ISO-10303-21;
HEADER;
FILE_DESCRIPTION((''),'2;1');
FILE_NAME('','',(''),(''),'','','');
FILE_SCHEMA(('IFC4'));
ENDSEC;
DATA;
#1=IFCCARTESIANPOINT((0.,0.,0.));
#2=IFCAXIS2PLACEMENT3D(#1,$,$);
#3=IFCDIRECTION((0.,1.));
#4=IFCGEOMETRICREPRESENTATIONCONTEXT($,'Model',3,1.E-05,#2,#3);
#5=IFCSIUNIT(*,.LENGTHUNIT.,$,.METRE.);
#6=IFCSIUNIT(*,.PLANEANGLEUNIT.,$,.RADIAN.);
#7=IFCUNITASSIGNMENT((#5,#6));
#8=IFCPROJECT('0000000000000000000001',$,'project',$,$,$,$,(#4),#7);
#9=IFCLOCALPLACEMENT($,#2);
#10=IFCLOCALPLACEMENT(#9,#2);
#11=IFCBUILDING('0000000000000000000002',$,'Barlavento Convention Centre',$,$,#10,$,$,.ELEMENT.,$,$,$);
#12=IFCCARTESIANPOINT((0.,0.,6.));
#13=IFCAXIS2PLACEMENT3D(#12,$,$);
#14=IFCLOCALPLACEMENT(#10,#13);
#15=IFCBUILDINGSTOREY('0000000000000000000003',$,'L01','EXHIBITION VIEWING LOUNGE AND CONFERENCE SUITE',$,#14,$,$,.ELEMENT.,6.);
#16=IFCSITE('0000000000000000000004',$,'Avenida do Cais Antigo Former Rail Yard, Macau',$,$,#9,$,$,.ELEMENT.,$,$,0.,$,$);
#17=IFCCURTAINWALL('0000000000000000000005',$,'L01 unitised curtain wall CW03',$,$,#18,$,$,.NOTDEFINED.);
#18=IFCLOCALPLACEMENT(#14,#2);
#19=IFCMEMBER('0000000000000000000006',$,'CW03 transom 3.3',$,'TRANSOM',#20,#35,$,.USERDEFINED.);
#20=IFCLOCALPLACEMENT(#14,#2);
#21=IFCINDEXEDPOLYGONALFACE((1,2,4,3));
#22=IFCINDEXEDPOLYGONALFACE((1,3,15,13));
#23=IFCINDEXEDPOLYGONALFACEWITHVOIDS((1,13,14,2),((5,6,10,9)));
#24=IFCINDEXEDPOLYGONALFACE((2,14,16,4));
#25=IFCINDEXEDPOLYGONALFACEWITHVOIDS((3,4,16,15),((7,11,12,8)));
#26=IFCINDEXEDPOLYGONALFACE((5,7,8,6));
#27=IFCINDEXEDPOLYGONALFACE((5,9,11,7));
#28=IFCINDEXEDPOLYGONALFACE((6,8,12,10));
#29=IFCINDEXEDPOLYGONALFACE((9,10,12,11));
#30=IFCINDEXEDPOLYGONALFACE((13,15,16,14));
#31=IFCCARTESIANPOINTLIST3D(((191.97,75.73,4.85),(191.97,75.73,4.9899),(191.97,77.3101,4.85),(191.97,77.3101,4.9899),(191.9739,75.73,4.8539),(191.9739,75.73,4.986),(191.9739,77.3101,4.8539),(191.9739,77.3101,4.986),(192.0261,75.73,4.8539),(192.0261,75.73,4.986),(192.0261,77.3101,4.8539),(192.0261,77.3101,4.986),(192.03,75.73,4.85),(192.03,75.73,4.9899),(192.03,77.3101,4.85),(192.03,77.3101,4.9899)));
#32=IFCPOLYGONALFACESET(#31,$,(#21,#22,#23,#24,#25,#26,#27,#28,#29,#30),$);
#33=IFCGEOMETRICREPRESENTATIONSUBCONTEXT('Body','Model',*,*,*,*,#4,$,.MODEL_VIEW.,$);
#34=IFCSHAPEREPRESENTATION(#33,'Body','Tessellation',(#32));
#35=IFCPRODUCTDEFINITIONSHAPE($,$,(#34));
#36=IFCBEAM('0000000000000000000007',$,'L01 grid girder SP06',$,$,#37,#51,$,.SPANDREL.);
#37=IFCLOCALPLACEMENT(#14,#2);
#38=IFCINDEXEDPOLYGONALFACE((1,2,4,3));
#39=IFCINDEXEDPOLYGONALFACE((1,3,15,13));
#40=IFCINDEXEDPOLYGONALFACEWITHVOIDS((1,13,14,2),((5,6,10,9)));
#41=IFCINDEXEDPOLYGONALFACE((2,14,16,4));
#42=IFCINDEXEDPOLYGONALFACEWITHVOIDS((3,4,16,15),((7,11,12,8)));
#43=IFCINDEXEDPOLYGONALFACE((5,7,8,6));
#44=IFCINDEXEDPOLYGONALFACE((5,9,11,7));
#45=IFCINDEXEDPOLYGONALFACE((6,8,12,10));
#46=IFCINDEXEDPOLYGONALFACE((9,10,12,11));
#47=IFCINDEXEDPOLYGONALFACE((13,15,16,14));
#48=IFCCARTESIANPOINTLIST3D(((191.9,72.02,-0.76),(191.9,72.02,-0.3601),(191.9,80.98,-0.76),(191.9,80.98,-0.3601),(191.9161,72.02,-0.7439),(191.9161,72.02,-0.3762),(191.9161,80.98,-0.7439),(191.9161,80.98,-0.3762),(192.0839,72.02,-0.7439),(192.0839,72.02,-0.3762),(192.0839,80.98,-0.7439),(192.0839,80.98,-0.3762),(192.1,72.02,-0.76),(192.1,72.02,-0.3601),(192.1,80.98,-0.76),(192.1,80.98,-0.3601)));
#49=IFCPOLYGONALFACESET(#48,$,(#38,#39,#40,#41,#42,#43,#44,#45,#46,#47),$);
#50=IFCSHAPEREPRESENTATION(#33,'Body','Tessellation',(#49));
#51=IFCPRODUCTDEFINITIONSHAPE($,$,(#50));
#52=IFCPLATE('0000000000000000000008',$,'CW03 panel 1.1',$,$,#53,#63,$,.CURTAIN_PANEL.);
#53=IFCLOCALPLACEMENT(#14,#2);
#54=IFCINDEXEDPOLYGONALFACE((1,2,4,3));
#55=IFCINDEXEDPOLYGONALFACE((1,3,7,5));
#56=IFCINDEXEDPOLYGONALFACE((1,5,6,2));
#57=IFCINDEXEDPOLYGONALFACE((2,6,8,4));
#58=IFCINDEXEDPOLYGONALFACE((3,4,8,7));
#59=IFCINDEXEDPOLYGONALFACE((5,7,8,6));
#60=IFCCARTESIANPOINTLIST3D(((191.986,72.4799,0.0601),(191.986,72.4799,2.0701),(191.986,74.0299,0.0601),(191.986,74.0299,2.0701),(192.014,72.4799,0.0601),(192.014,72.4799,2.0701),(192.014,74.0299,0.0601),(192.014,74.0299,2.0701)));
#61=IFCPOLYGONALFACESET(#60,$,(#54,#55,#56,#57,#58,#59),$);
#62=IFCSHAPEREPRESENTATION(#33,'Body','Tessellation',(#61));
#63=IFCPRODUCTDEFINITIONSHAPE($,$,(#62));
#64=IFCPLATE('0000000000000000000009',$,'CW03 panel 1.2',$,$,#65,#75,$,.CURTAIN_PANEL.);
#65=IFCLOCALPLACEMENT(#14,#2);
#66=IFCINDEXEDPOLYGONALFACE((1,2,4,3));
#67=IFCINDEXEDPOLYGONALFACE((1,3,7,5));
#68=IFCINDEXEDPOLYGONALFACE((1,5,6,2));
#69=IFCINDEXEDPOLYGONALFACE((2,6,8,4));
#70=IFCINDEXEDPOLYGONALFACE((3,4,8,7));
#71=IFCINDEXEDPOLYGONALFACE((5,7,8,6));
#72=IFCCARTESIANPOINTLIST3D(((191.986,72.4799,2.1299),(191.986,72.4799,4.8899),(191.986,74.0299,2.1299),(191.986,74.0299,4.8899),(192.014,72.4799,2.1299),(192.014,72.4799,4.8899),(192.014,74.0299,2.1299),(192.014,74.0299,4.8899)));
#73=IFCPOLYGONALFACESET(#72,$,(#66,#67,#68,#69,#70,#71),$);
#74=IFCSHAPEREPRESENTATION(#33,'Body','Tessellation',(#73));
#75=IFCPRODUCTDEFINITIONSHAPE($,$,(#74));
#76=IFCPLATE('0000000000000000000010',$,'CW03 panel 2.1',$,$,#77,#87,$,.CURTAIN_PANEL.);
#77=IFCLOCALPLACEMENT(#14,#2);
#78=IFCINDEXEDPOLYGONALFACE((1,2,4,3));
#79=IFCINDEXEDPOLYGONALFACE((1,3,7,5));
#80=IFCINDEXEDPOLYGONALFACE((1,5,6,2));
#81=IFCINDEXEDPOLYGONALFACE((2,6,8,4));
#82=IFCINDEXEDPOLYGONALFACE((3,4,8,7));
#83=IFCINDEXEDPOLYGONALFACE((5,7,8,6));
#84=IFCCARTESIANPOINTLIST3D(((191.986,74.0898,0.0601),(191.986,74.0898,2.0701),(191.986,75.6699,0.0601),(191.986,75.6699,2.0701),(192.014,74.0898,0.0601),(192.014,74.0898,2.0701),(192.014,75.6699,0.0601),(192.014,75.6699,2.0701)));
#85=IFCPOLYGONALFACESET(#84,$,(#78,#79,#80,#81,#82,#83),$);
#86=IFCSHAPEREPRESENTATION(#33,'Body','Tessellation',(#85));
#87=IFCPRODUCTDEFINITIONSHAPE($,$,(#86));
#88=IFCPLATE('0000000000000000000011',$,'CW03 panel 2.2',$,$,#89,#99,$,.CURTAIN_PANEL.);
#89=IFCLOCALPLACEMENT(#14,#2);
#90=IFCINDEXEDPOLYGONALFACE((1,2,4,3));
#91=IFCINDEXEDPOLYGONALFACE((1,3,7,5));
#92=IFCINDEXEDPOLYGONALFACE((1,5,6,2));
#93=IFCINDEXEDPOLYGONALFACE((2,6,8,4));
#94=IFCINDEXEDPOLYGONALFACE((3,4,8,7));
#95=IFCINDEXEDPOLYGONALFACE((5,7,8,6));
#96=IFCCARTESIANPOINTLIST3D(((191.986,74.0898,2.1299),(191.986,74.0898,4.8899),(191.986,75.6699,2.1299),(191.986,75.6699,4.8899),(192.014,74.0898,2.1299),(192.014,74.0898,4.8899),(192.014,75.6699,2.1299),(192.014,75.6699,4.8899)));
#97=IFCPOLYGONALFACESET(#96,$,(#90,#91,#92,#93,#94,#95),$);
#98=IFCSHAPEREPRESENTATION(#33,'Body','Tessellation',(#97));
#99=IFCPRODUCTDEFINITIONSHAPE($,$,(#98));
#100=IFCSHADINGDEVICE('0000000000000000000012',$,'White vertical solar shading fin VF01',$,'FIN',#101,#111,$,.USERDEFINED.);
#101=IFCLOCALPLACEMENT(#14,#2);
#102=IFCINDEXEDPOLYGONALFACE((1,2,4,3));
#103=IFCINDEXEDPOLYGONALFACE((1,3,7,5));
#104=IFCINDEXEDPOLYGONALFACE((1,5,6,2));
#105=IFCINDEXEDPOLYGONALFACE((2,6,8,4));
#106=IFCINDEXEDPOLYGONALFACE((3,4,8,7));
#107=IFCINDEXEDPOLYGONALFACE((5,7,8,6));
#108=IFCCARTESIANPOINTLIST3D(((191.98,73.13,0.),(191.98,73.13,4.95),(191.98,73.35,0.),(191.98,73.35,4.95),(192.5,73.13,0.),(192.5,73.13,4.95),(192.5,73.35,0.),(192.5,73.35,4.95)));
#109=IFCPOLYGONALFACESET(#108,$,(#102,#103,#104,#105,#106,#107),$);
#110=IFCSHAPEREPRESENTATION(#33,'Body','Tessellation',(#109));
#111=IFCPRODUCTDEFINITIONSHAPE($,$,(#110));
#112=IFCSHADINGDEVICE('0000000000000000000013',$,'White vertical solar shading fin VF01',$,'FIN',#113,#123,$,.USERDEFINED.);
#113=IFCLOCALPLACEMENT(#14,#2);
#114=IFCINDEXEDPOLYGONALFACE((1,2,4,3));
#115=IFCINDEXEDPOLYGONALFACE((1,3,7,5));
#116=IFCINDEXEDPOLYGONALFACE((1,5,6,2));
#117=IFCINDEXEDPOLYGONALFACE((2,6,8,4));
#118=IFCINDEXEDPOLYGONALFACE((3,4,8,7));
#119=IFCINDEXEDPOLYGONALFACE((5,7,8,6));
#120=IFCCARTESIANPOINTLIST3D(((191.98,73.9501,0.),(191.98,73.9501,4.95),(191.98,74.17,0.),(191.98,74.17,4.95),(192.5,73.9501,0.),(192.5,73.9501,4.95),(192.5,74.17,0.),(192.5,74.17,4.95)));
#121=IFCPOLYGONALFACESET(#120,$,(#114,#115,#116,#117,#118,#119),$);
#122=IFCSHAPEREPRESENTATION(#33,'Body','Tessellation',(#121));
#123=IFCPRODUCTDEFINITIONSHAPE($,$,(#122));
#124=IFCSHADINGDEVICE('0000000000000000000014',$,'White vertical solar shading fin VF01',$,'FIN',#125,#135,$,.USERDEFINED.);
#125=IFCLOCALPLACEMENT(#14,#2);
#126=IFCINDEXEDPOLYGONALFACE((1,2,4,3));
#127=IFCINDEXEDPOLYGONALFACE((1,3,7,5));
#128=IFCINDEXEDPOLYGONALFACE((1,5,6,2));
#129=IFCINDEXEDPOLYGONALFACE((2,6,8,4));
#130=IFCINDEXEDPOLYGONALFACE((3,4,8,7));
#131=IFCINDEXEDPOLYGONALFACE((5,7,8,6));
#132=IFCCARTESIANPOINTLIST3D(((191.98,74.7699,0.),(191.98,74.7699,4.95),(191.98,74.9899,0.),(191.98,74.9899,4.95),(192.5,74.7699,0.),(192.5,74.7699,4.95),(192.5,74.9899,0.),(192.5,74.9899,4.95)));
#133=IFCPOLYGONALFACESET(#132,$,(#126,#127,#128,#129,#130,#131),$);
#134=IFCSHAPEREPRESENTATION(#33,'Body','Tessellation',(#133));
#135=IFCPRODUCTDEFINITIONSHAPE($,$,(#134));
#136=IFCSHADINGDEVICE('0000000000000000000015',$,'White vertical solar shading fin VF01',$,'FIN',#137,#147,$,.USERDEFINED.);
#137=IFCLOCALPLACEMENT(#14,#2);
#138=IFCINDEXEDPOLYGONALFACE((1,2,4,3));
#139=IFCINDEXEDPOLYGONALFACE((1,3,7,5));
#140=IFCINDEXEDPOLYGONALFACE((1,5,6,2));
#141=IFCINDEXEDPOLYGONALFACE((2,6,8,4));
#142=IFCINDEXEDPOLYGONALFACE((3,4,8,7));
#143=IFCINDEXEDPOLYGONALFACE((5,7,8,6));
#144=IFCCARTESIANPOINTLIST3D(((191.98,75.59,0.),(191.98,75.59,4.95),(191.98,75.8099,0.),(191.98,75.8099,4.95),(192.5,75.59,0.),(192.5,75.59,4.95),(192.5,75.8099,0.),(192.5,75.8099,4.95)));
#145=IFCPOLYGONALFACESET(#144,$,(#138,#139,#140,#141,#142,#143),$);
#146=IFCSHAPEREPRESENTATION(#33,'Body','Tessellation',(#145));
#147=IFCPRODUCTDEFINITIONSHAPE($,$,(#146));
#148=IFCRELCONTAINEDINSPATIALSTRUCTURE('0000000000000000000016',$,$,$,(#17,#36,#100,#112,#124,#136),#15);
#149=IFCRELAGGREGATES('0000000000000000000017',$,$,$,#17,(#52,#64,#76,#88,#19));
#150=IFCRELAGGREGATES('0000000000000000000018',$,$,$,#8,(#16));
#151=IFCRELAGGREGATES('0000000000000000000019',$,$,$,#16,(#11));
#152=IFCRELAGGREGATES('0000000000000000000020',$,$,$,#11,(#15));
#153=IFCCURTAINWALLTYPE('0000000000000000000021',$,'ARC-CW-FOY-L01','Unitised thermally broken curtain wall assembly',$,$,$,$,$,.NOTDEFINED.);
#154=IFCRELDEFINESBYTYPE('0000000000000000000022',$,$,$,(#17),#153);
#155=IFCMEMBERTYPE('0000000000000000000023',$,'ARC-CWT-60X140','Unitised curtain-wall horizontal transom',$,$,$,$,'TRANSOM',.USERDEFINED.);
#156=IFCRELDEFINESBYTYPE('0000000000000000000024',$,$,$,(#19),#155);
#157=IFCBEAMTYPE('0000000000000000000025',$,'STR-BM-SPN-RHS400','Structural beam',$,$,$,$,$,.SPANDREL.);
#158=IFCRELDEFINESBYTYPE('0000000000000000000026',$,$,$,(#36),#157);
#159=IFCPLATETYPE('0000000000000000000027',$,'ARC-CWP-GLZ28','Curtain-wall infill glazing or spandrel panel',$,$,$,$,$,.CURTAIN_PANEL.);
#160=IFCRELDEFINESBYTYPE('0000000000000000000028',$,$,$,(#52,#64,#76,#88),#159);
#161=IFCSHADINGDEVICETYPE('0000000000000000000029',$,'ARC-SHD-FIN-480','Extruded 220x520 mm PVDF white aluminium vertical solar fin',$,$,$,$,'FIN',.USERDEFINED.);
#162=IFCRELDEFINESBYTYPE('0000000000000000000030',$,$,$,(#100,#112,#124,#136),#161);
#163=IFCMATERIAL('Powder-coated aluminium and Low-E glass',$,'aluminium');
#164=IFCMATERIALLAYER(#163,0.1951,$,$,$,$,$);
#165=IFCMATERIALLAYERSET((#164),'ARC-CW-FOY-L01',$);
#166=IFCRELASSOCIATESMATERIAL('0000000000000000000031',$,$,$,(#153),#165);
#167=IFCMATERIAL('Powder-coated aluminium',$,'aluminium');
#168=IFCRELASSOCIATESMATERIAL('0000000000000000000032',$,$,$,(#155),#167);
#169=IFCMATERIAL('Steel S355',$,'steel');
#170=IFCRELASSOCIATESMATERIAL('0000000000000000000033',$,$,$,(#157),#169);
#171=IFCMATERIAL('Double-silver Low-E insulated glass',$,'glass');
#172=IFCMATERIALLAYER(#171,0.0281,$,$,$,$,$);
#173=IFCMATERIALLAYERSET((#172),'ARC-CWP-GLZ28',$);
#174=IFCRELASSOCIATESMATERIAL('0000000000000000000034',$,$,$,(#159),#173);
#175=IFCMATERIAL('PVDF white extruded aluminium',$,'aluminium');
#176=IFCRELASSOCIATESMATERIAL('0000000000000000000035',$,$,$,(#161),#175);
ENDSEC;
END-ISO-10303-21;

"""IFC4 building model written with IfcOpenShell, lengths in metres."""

from ifc_helpers import new_model, si_unit, direction, frame, origin, origin_2d, place, context, subcontext, project, spatial, rectangle, hollow_rectangle, extrude, material, layer, layer_set, material_profile, profile_set, type_object, element, aggregate, save


model = new_model("IFC4")

# Units and contexts
model_context = context("Model", 3, precision=1e-05, world=origin(), true_north=direction((0.0, 1.0)))
body_context = subcontext(model_context, "Body", "Model", "MODEL_VIEW")
ifc_project = project(units=[si_unit("LENGTHUNIT", "METRE"), si_unit("PLANEANGLEUNIT", "RADIAN")], contexts=[model_context])

# Site, building, storey
site_placement = place(None, origin())
site = spatial("IfcSite", under=ifc_project, at=site_placement, Name="Avenida do Cais Antigo Former Rail Yard, Macau", CompositionType="ELEMENT", RefElevation=0.0)
building_placement = place(site_placement, origin())
building = spatial("IfcBuilding", under=site, at=building_placement, Name="Barlavento Convention Centre", CompositionType="ELEMENT")
storey_placement = place(building_placement, frame((0.0, 0.0, 6.0)))
storey = spatial("IfcBuildingStorey", under=building, at=storey_placement, Name="L01", Description="EXHIBITION VIEWING LOUNGE AND CONFERENCE SUITE", CompositionType="ELEMENT", Elevation=6.0)

# Curtain wall, member
ifc_material_1 = material(Name="Powder-coated aluminium and Low-E glass", Category="aluminium")
ifc_layer_1 = layer(ifc_material_1, 0.1951)
ifc_layer_set_1 = layer_set([ifc_layer_1], Name="ARC-CW-FOY-L01")
curtain_wall_type = type_object("IfcCurtainWallType", Name="ARC-CW-FOY-L01", Description="Unitised thermally broken curtain wall assembly", PredefinedType="NOTDEFINED", material=ifc_layer_set_1)
curtain_wall_placement = place(storey_placement, origin())
curtain_wall = element("IfcCurtainWall", 1, at=curtain_wall_placement, inside=storey, type_object=curtain_wall_type, Name="L01 unitised curtain wall CW03", PredefinedType="NOTDEFINED")
ifc_material_2 = material(Name="Powder-coated aluminium", Category="aluminium")
ifc_material_profile_1 = material_profile(ifc_material_2, hollow_rectangle(XDim=0.0601, YDim=0.1399, WallThickness=0.0039, at=origin_2d()), Name="AL-TRAN 60x140x4")
ifc_profile_set_1 = profile_set([ifc_material_profile_1], Name="Powder-coated aluminium")
member_type_1 = type_object("IfcMemberType", Name="ARC-CWT-60X140", Description="Unitised curtain-wall horizontal transom", ElementType="TRANSOM", PredefinedType="USERDEFINED", material=ifc_profile_set_1)
member_1_placement = place(storey_placement, frame((192.0, 75.73, 4.9199), z_axis=(0.0, 1.0, 0.0), x_axis=(-1.0, 0.0, 0.0)))
member_1 = element("IfcMember", 2, at=member_1_placement, type_object=member_type_1, Name="CW03 transom 3.3", ObjectType="TRANSOM", PredefinedType="USERDEFINED", context=body_context, shape_type="SweptSolid", body=[
    extrude(hollow_rectangle(XDim=0.0601, YDim=0.1399, WallThickness=0.0039, at=origin_2d()), origin(), (0.0, 0.0, 1.0), 1.5801),
])

# Beam
ifc_material_3 = material(Name="Steel S355", Category="steel")
ifc_material_profile_2 = material_profile(ifc_material_3, hollow_rectangle(XDim=0.2, YDim=0.3999, WallThickness=0.0161, at=origin_2d()), Name="RHS 400x200x16.0")
ifc_profile_set_2 = profile_set([ifc_material_profile_2], Name="Steel S355")
beam_type = type_object("IfcBeamType", Name="STR-BM-SPN-RHS400", Description="Structural beam", PredefinedType="SPANDREL", material=ifc_profile_set_2)
beam_placement = place(storey_placement, frame((192.0, 72.02, -0.5601), z_axis=(0.0, 1.0, 0.0), x_axis=(-1.0, 0.0, 0.0)))
element("IfcBeam", 3, at=beam_placement, inside=storey, type_object=beam_type, Name="L01 grid girder SP06", PredefinedType="SPANDREL", context=body_context, shape_type="SweptSolid", body=[
    extrude(hollow_rectangle(XDim=0.2, YDim=0.3999, WallThickness=0.0161, at=origin_2d()), origin(), (0.0, 0.0, 1.0), 8.96),
])

# Plates
ifc_material_4 = material(Name="Double-silver Low-E insulated glass", Category="glass")
ifc_layer_2 = layer(ifc_material_4, 0.0281)
ifc_layer_set_2 = layer_set([ifc_layer_2], Name="ARC-CWP-GLZ28")
plate_type = type_object("IfcPlateType", Name="ARC-CWP-GLZ28", Description="Curtain-wall infill glazing or spandrel panel", PredefinedType="CURTAIN_PANEL", material=ifc_layer_set_2)
plate_1_placement = place(storey_placement, frame((192.0, 73.2549, 0.0601), z_axis=(0.0, 0.0, 1.0), x_axis=(0.0, 1.0, 0.0)))
plate_1 = element("IfcPlate", 4, at=plate_1_placement, type_object=plate_type, Name="CW03 panel 1.1", PredefinedType="CURTAIN_PANEL", context=body_context, shape_type="SweptSolid", body=[
    extrude(rectangle(XDim=1.55, YDim=0.0281, at=origin_2d()), origin(), (0.0, 0.0, 1.0), 2.01),
])
plate_2_placement = place(storey_placement, frame((192.0, 73.2549, 2.1299), z_axis=(0.0, 0.0, 1.0), x_axis=(0.0, 1.0, 0.0)))
plate_2 = element("IfcPlate", 5, at=plate_2_placement, type_object=plate_type, Name="CW03 panel 1.2", PredefinedType="CURTAIN_PANEL", context=body_context, shape_type="SweptSolid", body=[
    extrude(rectangle(XDim=1.55, YDim=0.0281, at=origin_2d()), origin(), (0.0, 0.0, 1.0), 2.76),
])
plate_3_placement = place(storey_placement, frame((192.0, 74.8799, 0.0601), z_axis=(0.0, 0.0, 1.0), x_axis=(0.0, 1.0, 0.0)))
plate_3 = element("IfcPlate", 6, at=plate_3_placement, type_object=plate_type, Name="CW03 panel 2.1", PredefinedType="CURTAIN_PANEL", context=body_context, shape_type="SweptSolid", body=[
    extrude(rectangle(XDim=1.5801, YDim=0.0281, at=origin_2d()), origin(), (0.0, 0.0, 1.0), 2.01),
])
plate_4_placement = place(storey_placement, frame((192.0, 74.8799, 2.1299), z_axis=(0.0, 0.0, 1.0), x_axis=(0.0, 1.0, 0.0)))
plate_4 = element("IfcPlate", 7, at=plate_4_placement, type_object=plate_type, Name="CW03 panel 2.2", PredefinedType="CURTAIN_PANEL", context=body_context, shape_type="SweptSolid", body=[
    extrude(rectangle(XDim=1.5801, YDim=0.0281, at=origin_2d()), origin(), (0.0, 0.0, 1.0), 2.76),
])
aggregate(curtain_wall, [plate_1, plate_2, plate_3, plate_4, member_1])

# Shading devices
ifc_material_5 = material(Name="PVDF white extruded aluminium", Category="aluminium")
shading_device_type = type_object("IfcShadingDeviceType", Name="ARC-SHD-FIN-480", Description="Extruded 220x520 mm PVDF white aluminium vertical solar fin", ElementType="FIN", PredefinedType="USERDEFINED", material=ifc_material_5)
for number, where, z_axis, x_axis, name in (
    (8, (192.24, 73.24, 0.0), (0.0, 0.0, 1.0), (0.0, 1.0, 0.0), "White vertical solar shading fin VF01"),
    (9, (192.24, 74.0601, 0.0), (0.0, 0.0, 1.0), (0.0, 1.0, 0.0), "White vertical solar shading fin VF01"),
    (10, (192.24, 74.8799, 0.0), (0.0, 0.0, 1.0), (0.0, 1.0, 0.0), "White vertical solar shading fin VF01"),
    (11, (192.24, 75.7, 0.0), (0.0, 0.0, 1.0), (0.0, 1.0, 0.0), "White vertical solar shading fin VF01"),
):
    element("IfcShadingDevice", number, at=place(storey_placement, frame(where, z_axis=z_axis, x_axis=x_axis)), inside=storey, type_object=shading_device_type, Name=name, ObjectType="FIN", PredefinedType="USERDEFINED", context=body_context, shape_type="SweptSolid", body=[
        extrude(rectangle(XDim=0.22, YDim=0.52, at=origin_2d()), origin(), (0.0, 0.0, 1.0), 4.95),
    ])

save(model, "model.ifc")
